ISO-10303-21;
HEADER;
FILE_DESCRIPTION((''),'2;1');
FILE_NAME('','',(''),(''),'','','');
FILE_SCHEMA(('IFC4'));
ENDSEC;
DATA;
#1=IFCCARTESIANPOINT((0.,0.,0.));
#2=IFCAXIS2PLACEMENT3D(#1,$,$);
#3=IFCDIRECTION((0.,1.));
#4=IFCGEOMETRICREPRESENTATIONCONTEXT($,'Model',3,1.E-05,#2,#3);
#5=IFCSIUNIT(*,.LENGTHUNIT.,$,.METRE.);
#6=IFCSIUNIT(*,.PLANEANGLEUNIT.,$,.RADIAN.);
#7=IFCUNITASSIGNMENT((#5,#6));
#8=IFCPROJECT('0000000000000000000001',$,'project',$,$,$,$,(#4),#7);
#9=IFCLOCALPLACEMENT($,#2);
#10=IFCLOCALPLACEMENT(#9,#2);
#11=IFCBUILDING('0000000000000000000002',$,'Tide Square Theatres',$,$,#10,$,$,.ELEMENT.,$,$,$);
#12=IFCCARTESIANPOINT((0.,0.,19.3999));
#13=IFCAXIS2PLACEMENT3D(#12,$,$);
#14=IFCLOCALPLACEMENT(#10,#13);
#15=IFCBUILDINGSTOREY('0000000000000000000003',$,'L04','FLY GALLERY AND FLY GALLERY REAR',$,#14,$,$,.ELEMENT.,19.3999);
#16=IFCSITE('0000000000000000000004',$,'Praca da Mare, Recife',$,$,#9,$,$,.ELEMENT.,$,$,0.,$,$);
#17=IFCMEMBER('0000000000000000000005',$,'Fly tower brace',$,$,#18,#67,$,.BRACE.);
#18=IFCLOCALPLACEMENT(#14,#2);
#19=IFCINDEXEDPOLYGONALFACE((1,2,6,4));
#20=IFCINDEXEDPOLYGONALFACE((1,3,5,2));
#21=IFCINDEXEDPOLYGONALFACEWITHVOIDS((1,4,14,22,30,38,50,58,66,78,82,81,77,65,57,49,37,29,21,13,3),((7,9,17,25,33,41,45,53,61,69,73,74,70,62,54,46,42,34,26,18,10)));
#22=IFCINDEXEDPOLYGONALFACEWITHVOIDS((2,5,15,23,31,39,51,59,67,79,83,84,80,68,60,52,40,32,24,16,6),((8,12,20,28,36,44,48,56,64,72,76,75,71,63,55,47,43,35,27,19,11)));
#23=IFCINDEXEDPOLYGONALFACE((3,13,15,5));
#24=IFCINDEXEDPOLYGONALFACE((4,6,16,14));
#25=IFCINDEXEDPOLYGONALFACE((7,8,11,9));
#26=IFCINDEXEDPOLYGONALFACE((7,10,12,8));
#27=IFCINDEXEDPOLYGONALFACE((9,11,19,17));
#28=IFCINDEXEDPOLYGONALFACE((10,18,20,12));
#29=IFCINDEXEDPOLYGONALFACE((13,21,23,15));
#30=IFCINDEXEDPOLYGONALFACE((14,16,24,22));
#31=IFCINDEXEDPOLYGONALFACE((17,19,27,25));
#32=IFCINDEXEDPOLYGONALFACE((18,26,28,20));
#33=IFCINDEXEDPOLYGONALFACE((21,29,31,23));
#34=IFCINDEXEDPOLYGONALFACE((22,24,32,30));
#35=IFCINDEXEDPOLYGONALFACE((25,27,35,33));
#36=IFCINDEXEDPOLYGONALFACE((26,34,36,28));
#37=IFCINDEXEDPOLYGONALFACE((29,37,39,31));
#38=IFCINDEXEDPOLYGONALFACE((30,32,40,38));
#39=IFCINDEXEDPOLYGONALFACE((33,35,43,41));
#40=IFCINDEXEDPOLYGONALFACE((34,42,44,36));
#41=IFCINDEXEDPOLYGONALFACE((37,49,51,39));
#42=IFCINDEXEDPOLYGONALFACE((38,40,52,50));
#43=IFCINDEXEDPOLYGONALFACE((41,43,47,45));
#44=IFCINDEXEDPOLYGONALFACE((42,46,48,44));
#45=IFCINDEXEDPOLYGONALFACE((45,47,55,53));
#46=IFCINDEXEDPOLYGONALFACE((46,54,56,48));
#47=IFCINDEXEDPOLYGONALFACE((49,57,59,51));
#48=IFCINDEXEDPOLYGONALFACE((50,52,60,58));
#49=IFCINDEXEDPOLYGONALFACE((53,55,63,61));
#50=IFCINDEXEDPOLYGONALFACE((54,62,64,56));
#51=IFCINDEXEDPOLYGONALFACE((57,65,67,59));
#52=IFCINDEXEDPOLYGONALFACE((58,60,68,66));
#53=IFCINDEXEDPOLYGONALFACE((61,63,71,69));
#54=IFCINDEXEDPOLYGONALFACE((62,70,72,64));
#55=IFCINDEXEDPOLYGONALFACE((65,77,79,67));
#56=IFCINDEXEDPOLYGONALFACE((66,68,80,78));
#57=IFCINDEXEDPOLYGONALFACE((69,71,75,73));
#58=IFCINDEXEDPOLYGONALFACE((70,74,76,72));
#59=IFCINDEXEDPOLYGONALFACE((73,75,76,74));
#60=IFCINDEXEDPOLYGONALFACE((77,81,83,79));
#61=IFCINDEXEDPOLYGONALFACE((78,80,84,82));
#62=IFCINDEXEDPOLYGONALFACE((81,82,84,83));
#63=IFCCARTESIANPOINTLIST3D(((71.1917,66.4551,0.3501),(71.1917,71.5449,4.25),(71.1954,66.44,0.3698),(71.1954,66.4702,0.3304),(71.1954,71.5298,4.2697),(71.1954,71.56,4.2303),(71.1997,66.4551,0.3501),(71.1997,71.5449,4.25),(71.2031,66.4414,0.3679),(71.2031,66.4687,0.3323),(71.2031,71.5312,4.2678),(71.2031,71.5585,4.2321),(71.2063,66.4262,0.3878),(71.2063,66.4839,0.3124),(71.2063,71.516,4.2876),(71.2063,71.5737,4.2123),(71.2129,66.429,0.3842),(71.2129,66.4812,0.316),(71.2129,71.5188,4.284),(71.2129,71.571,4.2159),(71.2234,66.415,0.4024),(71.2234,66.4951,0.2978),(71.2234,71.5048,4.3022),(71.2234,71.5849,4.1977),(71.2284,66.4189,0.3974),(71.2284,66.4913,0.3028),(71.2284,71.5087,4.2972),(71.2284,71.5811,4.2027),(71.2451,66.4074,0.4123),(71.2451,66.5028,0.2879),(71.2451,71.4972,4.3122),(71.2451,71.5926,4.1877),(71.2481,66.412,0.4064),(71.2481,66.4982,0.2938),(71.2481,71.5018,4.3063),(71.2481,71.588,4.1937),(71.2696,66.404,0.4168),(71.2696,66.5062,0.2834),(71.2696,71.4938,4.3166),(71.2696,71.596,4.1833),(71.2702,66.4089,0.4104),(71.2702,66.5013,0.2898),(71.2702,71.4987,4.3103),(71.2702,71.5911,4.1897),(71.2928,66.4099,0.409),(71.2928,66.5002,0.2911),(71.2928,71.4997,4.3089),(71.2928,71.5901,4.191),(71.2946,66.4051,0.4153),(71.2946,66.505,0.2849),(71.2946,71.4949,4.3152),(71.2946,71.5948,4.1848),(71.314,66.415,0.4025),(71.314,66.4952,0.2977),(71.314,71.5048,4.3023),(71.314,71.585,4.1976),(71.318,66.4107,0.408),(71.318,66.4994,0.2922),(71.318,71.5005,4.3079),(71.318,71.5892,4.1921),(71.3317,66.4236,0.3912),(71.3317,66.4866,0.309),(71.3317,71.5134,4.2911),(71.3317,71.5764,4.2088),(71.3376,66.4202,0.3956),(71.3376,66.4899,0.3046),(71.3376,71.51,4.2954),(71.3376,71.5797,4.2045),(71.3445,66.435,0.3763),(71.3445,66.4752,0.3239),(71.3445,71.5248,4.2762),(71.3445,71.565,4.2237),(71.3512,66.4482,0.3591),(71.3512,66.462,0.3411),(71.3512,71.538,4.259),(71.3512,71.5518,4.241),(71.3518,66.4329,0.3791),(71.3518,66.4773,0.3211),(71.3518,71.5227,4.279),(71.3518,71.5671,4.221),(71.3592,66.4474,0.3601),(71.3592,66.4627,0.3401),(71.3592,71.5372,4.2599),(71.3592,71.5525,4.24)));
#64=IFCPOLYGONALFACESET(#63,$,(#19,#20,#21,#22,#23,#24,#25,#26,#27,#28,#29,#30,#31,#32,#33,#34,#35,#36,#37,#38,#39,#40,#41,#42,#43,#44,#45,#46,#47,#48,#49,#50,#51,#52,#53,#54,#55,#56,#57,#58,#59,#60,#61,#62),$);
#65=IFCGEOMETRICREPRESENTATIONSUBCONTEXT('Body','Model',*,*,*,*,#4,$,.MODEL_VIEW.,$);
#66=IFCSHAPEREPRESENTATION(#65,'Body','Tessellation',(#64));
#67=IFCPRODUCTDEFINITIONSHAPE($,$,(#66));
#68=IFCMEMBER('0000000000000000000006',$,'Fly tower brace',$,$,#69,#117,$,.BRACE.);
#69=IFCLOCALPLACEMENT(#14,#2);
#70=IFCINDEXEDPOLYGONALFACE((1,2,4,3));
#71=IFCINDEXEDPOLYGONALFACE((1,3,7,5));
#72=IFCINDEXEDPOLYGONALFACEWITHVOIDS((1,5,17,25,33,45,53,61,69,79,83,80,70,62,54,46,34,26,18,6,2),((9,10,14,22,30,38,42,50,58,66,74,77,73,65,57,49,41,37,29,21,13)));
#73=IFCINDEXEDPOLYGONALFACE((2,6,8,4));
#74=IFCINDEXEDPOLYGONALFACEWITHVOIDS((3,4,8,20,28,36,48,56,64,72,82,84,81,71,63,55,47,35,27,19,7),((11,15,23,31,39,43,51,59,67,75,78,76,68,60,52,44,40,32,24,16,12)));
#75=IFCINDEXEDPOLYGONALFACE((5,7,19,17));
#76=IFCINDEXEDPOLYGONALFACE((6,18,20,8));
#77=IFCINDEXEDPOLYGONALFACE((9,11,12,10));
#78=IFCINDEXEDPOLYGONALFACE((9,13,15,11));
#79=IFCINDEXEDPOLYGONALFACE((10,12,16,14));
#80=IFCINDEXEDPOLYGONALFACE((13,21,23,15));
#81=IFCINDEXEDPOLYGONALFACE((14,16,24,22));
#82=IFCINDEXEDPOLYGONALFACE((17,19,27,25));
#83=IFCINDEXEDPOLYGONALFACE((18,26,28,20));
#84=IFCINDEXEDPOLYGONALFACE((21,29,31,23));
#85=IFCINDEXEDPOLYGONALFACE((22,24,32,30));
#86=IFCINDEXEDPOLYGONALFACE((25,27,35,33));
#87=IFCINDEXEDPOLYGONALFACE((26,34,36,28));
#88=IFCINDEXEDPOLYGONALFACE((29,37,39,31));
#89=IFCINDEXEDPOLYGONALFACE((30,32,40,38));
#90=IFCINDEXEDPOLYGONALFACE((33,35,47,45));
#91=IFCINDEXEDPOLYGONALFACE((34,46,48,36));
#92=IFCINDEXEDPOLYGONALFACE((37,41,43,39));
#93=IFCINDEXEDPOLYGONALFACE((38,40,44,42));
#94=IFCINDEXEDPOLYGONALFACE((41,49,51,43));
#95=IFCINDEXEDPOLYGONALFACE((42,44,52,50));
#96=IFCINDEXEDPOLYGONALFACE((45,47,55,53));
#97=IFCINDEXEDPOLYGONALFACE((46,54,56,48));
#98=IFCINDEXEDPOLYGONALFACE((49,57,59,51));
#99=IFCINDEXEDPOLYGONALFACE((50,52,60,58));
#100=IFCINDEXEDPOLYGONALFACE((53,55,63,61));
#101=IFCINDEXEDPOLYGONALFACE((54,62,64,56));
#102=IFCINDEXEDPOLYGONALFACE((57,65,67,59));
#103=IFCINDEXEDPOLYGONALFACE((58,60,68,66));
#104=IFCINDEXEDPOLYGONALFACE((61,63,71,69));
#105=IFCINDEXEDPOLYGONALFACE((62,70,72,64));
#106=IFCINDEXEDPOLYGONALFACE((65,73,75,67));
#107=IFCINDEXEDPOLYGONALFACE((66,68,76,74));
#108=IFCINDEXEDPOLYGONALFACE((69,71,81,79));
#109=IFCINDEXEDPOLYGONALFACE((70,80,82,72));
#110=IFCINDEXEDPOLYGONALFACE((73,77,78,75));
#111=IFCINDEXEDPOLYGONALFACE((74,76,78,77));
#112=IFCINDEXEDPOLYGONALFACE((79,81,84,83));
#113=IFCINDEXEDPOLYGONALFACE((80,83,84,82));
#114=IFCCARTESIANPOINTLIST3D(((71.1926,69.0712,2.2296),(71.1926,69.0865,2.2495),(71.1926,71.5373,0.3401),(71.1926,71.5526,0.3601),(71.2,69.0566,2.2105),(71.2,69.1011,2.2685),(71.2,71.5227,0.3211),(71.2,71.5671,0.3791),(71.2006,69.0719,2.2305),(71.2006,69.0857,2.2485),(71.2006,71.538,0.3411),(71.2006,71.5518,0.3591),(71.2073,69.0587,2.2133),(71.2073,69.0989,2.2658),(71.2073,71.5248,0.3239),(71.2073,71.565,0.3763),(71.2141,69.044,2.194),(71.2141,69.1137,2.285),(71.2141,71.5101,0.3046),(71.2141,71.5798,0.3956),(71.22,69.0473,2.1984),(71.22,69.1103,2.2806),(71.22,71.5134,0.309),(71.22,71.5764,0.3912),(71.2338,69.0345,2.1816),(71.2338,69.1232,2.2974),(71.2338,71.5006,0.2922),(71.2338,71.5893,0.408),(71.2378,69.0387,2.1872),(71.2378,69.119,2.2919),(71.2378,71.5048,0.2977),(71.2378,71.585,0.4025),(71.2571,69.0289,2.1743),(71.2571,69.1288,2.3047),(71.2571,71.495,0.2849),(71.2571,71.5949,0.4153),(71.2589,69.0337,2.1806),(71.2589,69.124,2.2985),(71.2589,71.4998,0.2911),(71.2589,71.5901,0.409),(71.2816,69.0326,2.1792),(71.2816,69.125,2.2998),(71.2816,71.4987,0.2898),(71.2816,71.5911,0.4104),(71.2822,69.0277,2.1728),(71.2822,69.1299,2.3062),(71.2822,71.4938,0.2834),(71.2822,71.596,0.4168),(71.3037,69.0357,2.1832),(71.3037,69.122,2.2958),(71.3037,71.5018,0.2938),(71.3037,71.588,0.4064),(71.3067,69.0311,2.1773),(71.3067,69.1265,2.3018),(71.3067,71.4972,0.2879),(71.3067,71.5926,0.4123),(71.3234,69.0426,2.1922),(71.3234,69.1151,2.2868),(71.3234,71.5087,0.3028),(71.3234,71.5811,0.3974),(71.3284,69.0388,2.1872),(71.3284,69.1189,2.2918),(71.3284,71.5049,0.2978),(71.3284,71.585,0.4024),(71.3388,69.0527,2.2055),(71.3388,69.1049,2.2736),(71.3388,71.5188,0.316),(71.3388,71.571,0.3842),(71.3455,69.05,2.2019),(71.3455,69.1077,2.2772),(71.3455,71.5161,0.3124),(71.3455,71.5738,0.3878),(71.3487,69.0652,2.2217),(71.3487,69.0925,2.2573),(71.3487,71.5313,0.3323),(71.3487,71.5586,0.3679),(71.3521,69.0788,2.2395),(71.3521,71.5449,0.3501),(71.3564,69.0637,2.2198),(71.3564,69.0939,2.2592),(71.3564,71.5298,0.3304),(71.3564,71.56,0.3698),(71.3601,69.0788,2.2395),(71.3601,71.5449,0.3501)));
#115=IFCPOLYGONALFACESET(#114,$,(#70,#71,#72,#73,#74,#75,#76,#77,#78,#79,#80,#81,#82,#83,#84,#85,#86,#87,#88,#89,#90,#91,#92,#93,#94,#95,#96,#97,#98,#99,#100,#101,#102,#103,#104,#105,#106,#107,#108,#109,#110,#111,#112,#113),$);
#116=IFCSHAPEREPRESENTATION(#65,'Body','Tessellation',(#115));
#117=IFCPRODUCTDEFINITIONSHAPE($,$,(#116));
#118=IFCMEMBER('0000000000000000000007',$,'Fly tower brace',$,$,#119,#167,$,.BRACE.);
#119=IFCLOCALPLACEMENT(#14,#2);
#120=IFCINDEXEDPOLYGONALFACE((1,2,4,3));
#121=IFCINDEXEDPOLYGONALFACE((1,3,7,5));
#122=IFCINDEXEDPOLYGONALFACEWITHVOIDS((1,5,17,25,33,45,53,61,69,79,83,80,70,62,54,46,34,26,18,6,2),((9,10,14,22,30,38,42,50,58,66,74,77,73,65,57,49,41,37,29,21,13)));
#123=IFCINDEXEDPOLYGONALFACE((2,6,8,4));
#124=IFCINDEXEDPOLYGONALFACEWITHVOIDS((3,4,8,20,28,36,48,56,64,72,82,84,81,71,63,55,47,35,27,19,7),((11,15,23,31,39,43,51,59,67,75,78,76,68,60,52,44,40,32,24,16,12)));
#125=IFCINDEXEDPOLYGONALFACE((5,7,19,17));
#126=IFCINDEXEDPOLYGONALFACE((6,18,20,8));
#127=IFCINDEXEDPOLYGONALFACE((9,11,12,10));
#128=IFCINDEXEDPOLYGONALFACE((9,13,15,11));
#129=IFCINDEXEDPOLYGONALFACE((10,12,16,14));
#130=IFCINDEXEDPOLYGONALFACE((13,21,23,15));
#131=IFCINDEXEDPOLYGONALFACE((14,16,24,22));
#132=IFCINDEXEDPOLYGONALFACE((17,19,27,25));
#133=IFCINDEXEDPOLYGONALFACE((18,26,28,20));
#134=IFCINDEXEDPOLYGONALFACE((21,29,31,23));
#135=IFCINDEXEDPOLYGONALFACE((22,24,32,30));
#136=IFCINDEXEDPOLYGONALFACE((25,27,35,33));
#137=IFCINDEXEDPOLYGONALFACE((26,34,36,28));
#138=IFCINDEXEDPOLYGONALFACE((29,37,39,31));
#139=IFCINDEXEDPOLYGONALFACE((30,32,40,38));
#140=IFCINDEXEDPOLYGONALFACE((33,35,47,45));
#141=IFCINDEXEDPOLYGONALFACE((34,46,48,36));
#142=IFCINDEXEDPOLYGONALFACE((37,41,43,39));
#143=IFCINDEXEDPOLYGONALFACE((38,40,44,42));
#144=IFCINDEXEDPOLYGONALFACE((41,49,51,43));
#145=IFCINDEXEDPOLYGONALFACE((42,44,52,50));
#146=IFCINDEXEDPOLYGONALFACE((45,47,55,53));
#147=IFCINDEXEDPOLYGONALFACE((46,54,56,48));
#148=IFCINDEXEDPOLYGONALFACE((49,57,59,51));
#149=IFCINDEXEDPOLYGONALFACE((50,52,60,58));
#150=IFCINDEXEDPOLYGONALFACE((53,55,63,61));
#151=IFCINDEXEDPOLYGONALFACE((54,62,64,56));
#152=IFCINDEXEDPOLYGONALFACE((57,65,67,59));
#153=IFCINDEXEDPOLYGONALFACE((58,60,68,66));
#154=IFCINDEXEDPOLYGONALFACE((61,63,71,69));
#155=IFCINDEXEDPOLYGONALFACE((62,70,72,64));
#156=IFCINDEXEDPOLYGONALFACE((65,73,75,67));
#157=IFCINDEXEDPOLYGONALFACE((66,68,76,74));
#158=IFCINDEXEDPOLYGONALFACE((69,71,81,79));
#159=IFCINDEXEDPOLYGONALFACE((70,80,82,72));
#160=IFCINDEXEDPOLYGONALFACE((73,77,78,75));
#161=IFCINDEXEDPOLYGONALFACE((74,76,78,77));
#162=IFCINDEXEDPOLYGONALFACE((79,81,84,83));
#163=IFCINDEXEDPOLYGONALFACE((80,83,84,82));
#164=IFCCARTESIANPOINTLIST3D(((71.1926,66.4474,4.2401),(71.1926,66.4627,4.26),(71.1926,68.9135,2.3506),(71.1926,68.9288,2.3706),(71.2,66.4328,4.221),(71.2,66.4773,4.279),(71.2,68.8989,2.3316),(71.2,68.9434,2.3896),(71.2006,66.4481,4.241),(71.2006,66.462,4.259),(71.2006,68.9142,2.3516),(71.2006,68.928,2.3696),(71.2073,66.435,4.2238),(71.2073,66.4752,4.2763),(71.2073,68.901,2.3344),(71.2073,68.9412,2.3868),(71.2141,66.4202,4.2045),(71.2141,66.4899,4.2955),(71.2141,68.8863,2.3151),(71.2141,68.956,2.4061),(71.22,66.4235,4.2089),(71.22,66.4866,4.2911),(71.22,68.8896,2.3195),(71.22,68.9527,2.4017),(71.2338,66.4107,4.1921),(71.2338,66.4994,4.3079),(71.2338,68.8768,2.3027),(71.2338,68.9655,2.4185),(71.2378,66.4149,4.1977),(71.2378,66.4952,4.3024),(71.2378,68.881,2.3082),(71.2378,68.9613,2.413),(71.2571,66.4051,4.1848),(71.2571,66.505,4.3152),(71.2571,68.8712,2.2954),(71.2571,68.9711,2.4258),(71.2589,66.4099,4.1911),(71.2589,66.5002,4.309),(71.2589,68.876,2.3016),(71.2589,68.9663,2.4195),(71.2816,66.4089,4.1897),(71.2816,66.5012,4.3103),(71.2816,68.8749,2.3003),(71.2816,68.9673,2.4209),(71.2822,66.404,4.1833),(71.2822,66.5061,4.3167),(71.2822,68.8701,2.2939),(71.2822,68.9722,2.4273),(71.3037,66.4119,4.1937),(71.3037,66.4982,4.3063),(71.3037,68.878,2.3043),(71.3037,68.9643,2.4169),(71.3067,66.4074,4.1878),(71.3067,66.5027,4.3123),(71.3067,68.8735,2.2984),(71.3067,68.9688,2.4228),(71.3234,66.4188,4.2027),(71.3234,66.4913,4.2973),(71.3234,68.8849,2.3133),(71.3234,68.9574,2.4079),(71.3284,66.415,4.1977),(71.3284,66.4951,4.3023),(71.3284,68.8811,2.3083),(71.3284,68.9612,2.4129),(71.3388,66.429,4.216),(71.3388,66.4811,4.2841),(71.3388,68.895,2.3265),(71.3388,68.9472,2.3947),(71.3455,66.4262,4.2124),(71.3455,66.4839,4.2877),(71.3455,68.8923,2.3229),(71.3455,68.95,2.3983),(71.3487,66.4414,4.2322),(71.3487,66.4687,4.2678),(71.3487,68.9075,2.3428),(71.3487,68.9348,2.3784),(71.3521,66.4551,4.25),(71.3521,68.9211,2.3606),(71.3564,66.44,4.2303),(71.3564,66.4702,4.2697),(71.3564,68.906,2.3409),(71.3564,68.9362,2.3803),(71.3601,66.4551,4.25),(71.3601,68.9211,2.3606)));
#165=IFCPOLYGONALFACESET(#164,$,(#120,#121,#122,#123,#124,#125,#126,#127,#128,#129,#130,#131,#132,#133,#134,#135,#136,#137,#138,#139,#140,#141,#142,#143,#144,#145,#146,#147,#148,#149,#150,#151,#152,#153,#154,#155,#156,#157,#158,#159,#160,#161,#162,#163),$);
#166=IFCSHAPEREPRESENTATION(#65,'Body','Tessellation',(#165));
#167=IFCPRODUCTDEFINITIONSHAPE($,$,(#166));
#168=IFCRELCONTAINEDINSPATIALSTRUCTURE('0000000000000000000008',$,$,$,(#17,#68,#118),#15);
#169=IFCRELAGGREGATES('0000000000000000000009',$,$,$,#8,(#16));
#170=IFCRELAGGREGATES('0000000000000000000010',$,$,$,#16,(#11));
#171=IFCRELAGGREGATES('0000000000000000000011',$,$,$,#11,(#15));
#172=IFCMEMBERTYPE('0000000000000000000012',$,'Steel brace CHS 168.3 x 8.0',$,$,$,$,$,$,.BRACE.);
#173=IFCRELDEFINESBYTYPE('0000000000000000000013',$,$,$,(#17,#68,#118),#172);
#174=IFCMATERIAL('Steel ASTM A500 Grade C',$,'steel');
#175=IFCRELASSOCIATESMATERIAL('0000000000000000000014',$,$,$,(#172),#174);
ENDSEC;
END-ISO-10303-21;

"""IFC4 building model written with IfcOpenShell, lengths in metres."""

from ifc_helpers import new_model, si_unit, direction, frame, origin, origin_2d, place, context, subcontext, project, spatial, hollow_circle, extrude, material, material_profile, profile_set, type_object, element, save


model = new_model("IFC4")

# Units and contexts
model_context = context("Model", 3, precision=1e-05, world=origin(), true_north=direction((0.0, 1.0)))
body_context = subcontext(model_context, "Body", "Model", "MODEL_VIEW")
ifc_project = project(units=[si_unit("LENGTHUNIT", "METRE"), si_unit("PLANEANGLEUNIT", "RADIAN")], contexts=[model_context])

# Site, building, storey
site_placement = place(None, origin())
site = spatial("IfcSite", under=ifc_project, at=site_placement, Name="Praca da Mare, Recife", CompositionType="ELEMENT", RefElevation=0.0)
building_placement = place(site_placement, origin())
building = spatial("IfcBuilding", under=site, at=building_placement, Name="Tide Square Theatres", CompositionType="ELEMENT")
storey_placement = place(building_placement, frame((0.0, 0.0, 19.3999)))
storey = spatial("IfcBuildingStorey", under=building, at=storey_placement, Name="L04", Description="FLY GALLERY AND FLY GALLERY REAR", CompositionType="ELEMENT", Elevation=19.3999)

# Members
ifc_material_1 = material(Name="Steel ASTM A500 Grade C", Category="steel")
ifc_material_profile_1 = material_profile(ifc_material_1, hollow_circle(Radius=0.0842, WallThickness=0.0081, at=origin_2d()))
ifc_profile_set_1 = profile_set([ifc_material_profile_1], Name="Steel ASTM A500 Grade C")
member_type = type_object("IfcMemberType", Name="Steel brace CHS 168.3 x 8.0", PredefinedType="BRACE", material=ifc_profile_set_1)
member_1_placement = place(storey_placement, frame((71.2759, 66.4551, 0.3501), z_axis=(0.0, 0.79378, 0.608205), x_axis=(-1.0, 0.0, 0.0)))
element("IfcMember", 1, at=member_1_placement, inside=storey, type_object=member_type, Name="Fly tower brace", PredefinedType="BRACE", context=body_context, shape_type="SweptSolid", body=[
    extrude(hollow_circle(Radius=0.0842, WallThickness=0.0081, at=origin_2d()), origin(), (0.0, 0.0, 1.0), 6.4121),
])
for number, where, z_axis, x_axis, name in (
    (2, (71.2759, 71.5449, 0.3501), (0.0, -0.7938, 0.608179), (1.0, 0.0, 0.0), "Fly tower brace"),
    (3, (71.2759, 68.9211, 2.3606), (0.0, -0.7938, 0.608179), (1.0, 0.0, 0.0), "Fly tower brace"),
):
    element("IfcMember", number, at=place(storey_placement, frame(where, z_axis=z_axis, x_axis=x_axis)), inside=storey, type_object=member_type, Name=name, PredefinedType="BRACE", context=body_context, shape_type="SweptSolid", body=[
        extrude(hollow_circle(Radius=0.0842, WallThickness=0.0081, at=origin_2d()), origin(), (0.0, 0.0, 1.0), 3.1067),
    ])

save(model, "model.ifc")
